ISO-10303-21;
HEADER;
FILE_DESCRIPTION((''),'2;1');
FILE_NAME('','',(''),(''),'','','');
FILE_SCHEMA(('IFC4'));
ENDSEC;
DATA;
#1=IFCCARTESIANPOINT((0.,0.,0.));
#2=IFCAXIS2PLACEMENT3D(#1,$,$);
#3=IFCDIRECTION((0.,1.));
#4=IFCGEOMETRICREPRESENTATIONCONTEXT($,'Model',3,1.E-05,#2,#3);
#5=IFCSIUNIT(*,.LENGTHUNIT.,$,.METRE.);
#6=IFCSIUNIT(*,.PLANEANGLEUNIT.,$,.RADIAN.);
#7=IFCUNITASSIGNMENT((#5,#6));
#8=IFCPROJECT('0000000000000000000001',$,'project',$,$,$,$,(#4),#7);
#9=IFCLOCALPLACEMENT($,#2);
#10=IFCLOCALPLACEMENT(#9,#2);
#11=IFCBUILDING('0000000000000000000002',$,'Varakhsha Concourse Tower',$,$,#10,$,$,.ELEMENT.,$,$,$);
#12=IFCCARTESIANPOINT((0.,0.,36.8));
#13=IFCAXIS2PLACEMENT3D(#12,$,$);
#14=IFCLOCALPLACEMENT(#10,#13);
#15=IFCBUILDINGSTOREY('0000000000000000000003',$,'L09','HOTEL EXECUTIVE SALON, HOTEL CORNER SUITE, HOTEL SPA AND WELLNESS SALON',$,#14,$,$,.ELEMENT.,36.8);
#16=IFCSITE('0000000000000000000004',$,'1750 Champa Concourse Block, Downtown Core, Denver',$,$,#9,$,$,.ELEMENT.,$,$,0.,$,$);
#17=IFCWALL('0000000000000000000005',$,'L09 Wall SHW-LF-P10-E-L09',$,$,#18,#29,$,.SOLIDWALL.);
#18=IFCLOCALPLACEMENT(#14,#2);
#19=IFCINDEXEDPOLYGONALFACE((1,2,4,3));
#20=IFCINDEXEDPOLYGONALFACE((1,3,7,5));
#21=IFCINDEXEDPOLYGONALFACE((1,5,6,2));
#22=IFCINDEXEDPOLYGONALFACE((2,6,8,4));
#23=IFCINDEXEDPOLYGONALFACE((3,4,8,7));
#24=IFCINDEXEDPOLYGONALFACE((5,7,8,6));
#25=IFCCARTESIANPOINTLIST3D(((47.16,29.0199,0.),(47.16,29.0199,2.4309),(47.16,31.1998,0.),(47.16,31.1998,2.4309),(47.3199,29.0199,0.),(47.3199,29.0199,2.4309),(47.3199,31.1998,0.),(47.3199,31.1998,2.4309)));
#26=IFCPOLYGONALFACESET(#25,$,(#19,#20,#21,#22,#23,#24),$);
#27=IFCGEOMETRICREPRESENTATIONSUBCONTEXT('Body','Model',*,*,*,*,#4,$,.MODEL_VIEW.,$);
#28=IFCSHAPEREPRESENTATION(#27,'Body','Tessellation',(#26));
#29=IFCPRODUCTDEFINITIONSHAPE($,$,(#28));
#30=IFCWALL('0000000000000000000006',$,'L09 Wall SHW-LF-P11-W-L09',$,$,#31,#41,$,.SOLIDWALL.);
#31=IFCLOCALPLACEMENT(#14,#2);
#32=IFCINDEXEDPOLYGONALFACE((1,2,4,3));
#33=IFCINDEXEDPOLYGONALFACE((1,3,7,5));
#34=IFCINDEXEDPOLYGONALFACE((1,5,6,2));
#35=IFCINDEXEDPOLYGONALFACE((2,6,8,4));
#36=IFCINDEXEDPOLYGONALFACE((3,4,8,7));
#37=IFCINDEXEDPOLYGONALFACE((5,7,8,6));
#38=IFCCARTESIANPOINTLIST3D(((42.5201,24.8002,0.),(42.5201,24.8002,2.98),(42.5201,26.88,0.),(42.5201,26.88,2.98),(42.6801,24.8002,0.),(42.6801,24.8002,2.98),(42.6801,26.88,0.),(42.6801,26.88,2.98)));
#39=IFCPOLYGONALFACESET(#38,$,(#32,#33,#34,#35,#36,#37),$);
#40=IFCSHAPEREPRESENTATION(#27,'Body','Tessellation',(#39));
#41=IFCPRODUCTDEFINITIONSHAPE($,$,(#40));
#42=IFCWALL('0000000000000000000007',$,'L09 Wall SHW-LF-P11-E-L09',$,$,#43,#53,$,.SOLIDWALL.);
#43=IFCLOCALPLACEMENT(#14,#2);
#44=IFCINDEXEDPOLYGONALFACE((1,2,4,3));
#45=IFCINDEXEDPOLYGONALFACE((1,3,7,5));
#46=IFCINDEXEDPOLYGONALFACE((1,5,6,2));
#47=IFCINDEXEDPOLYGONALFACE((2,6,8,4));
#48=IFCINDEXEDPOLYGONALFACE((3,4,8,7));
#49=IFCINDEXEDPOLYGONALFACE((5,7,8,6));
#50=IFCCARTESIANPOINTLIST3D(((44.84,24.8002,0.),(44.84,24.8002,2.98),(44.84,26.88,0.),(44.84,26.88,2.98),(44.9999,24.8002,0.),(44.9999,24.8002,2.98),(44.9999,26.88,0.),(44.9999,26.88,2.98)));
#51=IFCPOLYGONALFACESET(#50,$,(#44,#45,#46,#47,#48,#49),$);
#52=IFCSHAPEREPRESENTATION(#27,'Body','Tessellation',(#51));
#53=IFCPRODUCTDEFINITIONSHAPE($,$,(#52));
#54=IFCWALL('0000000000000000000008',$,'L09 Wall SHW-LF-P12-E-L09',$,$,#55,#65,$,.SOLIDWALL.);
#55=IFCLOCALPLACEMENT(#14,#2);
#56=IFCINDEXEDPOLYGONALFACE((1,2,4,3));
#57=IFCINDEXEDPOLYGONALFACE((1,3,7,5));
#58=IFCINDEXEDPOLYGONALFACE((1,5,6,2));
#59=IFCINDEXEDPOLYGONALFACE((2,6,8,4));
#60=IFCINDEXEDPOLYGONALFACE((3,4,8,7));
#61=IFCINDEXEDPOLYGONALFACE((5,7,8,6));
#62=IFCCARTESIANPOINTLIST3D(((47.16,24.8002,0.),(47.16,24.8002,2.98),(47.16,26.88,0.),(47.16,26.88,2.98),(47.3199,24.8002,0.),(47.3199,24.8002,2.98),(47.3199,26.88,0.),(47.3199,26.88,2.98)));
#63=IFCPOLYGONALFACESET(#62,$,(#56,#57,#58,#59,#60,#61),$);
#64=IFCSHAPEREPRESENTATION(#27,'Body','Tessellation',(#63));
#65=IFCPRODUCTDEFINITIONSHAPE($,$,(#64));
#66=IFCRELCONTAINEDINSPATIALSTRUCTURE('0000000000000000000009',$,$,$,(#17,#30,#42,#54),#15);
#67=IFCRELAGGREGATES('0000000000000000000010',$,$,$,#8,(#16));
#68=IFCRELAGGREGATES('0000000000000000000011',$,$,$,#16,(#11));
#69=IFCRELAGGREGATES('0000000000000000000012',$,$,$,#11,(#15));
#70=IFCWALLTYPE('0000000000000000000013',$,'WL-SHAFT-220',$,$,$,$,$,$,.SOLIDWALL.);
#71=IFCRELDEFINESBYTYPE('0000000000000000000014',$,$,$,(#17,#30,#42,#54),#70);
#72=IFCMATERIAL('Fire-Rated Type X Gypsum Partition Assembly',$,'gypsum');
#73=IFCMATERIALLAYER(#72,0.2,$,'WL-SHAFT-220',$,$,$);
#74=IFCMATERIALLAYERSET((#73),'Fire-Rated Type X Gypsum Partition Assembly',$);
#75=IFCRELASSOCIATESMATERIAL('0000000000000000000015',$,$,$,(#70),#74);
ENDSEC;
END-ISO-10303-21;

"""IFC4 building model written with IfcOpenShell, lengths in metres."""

from ifc_helpers import new_model, si_unit, direction, frame, frame_2d, origin, place, context, subcontext, project, spatial, rectangle, extrude, material, layer, layer_set, type_object, element, save


model = new_model("IFC4")

# Units and contexts
model_context = context("Model", 3, precision=1e-05, world=origin(), true_north=direction((0.0, 1.0)))
body_context = subcontext(model_context, "Body", "Model", "MODEL_VIEW")
ifc_project = project(units=[si_unit("LENGTHUNIT", "METRE"), si_unit("PLANEANGLEUNIT", "RADIAN")], contexts=[model_context])

# Site, building, storey
site_placement = place(None, origin())
site = spatial("IfcSite", under=ifc_project, at=site_placement, Name="1750 Champa Concourse Block, Downtown Core, Denver", CompositionType="ELEMENT", RefElevation=0.0)
building_placement = place(site_placement, origin())
building = spatial("IfcBuilding", under=site, at=building_placement, Name="Varakhsha Concourse Tower", CompositionType="ELEMENT")
storey_placement = place(building_placement, frame((0.0, 0.0, 36.8)))
storey = spatial("IfcBuildingStorey", under=building, at=storey_placement, Name="L09", Description="HOTEL EXECUTIVE SALON, HOTEL CORNER SUITE, HOTEL SPA AND WELLNESS SALON", CompositionType="ELEMENT", Elevation=36.8)

# Shared definitions
ifc_material_1 = material(Name="Fire-Rated Type X Gypsum Partition Assembly", Category="gypsum")

# Walls
ifc_layer_1 = layer(ifc_material_1, 0.2, Name="WL-SHAFT-220")
ifc_layer_set_1 = layer_set([ifc_layer_1], Name="Fire-Rated Type X Gypsum Partition Assembly")
wall_type_1 = type_object("IfcWallType", Name="WL-SHAFT-220", PredefinedType="SOLIDWALL", material=ifc_layer_set_1)
for number, where, z_axis, x_axis, name in (
    (1, (47.24, 29.02, 0.0), (0.0, 0.0, 1.0), (0.0, 1.0, 0.0), "L09 Wall SHW-LF-P10-E-L09"),
):
    element("IfcWall", number, at=place(storey_placement, frame(where, z_axis=z_axis, x_axis=x_axis)), inside=storey, type_object=wall_type_1, Name=name, PredefinedType="SOLIDWALL", context=body_context, shape_type="SweptSolid", body=[
        extrude(rectangle(XDim=2.1799, YDim=0.1599, at=frame_2d((1.0898, 0.0))), origin(), (0.0, 0.0, 1.0), 2.4309),
    ])
for number, where, z_axis, x_axis, name in (
    (2, (42.6001, 24.8, 0.0), (0.0, 0.0, 1.0), (0.0, 1.0, 0.0), "L09 Wall SHW-LF-P11-W-L09"),
    (3, (44.9199, 24.8, 0.0), (0.0, 0.0, 1.0), (0.0, 1.0, 0.0), "L09 Wall SHW-LF-P11-E-L09"),
    (4, (47.24, 24.8, 0.0), (0.0, 0.0, 1.0), (0.0, 1.0, 0.0), "L09 Wall SHW-LF-P12-E-L09"),
):
    element("IfcWall", number, at=place(storey_placement, frame(where, z_axis=z_axis, x_axis=x_axis)), inside=storey, type_object=wall_type_1, Name=name, PredefinedType="SOLIDWALL", context=body_context, shape_type="SweptSolid", body=[
        extrude(rectangle(XDim=2.0798, YDim=0.1599, at=frame_2d((1.04, 0.0))), origin(), (0.0, 0.0, 1.0), 2.98),
    ])

save(model, "model.ifc")
